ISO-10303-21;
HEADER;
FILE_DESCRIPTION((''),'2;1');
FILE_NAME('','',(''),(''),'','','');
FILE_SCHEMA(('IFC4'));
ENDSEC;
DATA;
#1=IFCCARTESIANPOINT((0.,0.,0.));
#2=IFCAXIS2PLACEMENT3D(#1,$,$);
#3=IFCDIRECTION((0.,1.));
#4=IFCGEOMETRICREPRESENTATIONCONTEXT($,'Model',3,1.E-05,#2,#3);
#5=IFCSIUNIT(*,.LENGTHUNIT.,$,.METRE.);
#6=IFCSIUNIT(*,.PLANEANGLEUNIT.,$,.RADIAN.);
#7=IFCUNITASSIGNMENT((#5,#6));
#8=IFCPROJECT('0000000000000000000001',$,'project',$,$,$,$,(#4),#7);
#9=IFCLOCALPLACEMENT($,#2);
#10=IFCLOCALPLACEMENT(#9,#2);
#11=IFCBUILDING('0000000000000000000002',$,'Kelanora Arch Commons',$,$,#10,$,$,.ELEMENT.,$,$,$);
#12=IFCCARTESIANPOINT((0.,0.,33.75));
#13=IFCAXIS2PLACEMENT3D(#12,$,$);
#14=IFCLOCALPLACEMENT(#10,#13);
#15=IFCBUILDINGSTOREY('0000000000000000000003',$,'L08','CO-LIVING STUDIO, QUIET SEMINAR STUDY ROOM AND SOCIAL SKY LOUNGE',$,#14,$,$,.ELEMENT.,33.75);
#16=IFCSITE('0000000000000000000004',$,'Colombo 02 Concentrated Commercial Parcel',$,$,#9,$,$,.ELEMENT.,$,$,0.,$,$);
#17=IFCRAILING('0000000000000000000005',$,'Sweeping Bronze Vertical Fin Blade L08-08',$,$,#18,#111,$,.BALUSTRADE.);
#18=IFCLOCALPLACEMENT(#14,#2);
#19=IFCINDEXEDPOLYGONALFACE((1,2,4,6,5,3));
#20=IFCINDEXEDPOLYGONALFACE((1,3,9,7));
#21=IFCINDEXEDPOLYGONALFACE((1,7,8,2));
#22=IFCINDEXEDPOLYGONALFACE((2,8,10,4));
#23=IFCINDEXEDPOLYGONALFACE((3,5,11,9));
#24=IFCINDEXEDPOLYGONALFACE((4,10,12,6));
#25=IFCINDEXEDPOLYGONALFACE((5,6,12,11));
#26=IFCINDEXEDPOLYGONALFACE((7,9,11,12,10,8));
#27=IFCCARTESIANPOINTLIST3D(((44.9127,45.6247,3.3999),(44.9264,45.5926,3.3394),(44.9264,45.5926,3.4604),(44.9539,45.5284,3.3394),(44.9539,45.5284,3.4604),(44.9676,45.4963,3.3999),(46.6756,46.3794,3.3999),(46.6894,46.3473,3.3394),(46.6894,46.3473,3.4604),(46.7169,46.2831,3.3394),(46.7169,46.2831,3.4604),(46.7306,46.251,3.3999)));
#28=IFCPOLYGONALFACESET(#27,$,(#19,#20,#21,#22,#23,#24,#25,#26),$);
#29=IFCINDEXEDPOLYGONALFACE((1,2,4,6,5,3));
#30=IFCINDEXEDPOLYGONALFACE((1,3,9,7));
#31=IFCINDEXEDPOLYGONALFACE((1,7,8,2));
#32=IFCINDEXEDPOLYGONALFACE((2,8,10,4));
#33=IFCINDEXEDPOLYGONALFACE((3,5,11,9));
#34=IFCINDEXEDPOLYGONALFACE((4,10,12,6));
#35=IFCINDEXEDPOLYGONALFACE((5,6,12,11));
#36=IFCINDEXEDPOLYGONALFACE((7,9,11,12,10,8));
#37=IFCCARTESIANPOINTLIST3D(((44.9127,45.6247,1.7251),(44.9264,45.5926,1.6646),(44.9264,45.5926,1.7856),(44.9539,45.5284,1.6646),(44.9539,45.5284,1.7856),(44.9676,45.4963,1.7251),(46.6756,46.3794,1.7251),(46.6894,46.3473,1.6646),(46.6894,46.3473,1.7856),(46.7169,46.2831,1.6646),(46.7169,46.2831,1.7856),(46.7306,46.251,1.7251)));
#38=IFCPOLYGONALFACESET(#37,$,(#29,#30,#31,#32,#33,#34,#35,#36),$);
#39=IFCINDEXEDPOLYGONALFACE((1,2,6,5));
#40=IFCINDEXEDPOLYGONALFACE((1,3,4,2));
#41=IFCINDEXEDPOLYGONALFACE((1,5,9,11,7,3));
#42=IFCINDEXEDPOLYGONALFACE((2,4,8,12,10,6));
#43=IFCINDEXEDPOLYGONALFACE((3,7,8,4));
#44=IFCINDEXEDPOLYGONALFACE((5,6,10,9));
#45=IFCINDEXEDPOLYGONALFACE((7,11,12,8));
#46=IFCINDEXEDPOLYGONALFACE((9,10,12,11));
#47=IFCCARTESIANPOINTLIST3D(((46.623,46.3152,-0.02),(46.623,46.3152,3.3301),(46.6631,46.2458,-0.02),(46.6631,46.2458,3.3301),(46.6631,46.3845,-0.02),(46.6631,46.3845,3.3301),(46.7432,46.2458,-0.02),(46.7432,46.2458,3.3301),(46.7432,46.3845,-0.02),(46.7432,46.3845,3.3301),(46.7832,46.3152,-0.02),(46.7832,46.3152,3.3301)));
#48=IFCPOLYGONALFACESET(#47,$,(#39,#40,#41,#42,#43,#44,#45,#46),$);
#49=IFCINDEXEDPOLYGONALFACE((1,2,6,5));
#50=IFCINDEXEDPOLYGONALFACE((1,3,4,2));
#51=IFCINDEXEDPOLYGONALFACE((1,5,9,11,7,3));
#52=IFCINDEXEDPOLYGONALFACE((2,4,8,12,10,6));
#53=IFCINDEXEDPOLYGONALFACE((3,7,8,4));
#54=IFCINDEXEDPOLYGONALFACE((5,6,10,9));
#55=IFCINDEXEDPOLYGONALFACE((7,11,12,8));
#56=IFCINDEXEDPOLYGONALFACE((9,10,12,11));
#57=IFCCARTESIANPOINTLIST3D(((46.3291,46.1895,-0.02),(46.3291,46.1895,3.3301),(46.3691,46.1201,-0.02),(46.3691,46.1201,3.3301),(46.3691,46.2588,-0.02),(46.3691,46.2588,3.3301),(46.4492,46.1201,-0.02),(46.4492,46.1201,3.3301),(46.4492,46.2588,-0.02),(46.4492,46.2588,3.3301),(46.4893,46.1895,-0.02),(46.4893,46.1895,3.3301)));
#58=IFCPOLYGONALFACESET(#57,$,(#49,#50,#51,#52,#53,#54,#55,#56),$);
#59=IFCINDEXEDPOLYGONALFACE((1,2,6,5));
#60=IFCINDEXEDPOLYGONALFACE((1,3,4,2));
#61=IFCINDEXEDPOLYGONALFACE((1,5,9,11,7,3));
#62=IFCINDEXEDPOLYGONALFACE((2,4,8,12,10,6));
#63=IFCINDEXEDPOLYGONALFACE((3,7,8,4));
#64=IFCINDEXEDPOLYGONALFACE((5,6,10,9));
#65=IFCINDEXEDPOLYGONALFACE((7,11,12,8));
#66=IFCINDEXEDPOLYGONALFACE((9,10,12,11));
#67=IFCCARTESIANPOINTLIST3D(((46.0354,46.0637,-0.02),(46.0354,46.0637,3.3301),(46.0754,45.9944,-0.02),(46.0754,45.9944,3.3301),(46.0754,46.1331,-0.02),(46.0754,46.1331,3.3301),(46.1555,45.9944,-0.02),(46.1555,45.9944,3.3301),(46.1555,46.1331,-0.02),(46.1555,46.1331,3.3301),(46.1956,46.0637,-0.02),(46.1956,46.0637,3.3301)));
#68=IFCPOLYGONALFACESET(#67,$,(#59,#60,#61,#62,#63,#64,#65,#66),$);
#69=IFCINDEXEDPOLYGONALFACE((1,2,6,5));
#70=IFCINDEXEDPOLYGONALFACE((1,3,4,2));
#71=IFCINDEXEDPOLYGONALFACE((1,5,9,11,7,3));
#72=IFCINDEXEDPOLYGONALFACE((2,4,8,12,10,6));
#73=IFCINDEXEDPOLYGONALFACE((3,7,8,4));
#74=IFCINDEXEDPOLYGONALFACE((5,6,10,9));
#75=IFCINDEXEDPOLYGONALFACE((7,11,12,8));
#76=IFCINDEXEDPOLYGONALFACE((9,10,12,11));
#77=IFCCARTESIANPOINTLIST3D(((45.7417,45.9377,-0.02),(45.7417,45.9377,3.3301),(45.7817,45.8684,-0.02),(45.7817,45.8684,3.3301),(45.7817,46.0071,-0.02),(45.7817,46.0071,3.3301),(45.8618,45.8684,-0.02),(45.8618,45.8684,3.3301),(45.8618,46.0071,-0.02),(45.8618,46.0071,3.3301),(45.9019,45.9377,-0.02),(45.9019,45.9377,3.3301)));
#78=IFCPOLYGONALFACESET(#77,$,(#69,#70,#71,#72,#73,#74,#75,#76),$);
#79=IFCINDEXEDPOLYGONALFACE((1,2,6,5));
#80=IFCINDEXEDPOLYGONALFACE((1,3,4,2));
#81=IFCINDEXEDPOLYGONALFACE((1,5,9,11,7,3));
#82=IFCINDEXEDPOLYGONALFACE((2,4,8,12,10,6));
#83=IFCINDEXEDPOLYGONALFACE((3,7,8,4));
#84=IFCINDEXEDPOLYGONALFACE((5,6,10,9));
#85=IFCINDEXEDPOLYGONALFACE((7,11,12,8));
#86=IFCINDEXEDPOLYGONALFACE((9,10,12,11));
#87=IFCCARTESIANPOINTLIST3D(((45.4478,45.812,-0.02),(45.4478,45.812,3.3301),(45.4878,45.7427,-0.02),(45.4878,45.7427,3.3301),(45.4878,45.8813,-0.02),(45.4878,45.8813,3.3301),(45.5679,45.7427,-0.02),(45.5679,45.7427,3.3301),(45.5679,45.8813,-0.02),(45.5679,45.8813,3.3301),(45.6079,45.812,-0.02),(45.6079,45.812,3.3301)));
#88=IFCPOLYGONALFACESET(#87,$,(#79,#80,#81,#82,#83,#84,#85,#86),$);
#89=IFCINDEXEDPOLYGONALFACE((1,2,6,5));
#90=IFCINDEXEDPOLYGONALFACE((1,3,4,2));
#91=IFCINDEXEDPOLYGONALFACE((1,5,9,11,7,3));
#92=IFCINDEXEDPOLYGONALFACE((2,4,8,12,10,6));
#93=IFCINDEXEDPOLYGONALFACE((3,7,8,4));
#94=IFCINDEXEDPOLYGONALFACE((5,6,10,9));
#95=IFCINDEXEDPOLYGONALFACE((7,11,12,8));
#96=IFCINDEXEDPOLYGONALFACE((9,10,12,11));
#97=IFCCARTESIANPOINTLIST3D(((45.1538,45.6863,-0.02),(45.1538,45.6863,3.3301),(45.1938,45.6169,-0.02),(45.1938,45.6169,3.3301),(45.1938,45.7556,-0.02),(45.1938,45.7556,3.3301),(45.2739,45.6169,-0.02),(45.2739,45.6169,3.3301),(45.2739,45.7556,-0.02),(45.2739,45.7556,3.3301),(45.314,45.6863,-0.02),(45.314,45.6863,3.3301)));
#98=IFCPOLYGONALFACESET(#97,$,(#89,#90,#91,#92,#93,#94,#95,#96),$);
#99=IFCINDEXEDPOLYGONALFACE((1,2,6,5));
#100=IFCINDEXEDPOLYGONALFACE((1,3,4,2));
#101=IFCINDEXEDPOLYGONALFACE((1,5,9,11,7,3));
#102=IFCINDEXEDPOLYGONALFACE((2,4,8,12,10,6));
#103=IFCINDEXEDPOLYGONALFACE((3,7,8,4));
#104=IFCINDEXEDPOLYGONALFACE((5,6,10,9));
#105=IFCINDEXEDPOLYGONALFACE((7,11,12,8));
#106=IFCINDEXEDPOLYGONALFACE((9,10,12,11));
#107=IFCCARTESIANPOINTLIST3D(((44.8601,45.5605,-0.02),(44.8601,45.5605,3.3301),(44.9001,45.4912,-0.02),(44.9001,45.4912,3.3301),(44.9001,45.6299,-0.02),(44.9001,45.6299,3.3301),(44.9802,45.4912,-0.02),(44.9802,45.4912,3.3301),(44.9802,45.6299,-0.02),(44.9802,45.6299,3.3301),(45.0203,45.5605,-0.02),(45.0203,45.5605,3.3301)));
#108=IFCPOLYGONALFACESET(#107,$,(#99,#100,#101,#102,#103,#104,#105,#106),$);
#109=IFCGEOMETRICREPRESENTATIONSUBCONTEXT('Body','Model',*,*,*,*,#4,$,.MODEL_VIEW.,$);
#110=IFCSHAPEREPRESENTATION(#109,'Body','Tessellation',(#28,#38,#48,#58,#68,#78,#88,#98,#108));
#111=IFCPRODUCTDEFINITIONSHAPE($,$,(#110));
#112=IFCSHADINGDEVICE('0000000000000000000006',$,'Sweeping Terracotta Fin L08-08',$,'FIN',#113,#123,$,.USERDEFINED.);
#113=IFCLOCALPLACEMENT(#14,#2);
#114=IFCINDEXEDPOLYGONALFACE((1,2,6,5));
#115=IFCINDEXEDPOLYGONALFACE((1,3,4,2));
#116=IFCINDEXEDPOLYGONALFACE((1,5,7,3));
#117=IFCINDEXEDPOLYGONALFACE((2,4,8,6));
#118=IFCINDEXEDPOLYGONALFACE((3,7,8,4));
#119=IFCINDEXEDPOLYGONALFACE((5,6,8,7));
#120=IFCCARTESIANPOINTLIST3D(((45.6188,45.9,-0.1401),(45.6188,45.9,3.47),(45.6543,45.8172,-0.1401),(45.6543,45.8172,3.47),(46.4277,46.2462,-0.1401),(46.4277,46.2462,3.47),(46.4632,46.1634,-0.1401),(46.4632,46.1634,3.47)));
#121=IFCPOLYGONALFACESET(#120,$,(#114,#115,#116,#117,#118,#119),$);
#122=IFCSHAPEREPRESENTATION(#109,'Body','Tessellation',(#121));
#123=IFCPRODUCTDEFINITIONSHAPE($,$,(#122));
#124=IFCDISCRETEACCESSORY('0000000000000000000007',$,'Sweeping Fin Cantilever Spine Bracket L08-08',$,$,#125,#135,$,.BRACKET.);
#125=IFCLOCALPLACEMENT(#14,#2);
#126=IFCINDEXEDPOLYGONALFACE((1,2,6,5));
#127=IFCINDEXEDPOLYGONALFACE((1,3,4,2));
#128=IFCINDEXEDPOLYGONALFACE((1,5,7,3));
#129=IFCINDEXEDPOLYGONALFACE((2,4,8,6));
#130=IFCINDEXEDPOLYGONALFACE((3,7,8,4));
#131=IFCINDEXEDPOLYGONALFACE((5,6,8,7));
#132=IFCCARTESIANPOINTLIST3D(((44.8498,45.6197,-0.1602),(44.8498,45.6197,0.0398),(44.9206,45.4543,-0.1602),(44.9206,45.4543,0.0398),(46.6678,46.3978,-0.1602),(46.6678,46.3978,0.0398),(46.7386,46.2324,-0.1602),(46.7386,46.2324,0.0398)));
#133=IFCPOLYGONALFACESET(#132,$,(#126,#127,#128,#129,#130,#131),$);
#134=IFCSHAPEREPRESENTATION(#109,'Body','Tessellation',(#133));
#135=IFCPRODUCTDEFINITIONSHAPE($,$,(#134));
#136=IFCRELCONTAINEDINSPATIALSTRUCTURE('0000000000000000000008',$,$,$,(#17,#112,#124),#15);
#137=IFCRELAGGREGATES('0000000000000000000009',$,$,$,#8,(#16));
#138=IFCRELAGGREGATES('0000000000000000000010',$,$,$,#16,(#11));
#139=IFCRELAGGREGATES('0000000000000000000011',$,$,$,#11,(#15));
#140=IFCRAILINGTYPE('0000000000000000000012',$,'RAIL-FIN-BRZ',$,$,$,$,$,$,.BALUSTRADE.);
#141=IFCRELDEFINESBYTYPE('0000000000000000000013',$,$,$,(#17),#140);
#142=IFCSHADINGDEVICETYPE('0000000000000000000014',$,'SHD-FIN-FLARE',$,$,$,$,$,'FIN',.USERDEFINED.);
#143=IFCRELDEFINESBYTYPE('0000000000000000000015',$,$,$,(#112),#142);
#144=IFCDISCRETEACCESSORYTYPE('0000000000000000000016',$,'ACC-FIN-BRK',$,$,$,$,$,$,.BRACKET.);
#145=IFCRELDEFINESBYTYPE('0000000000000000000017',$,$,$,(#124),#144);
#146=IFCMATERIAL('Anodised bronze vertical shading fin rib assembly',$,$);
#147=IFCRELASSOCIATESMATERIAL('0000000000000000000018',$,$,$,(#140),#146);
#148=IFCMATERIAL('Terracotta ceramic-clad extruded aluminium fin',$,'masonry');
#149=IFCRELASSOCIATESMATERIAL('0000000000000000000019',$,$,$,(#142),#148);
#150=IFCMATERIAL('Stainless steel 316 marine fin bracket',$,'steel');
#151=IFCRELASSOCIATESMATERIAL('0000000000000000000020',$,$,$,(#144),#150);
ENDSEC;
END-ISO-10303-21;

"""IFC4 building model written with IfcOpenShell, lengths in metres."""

from ifc_helpers import new_model, si_unit, direction, frame, origin, origin_2d, place, context, subcontext, project, spatial, polyline, rectangle, outline, extrude, source, transform, mapped, material, type_object, element, save


model = new_model("IFC4")

# Units and contexts
model_context = context("Model", 3, precision=1e-05, world=origin(), true_north=direction((0.0, 1.0)))
body_context = subcontext(model_context, "Body", "Model", "MODEL_VIEW")
ifc_project = project(units=[si_unit("LENGTHUNIT", "METRE"), si_unit("PLANEANGLEUNIT", "RADIAN")], contexts=[model_context])

# Site, building, storey
site_placement = place(None, origin())
site = spatial("IfcSite", under=ifc_project, at=site_placement, Name="Colombo 02 Concentrated Commercial Parcel", CompositionType="ELEMENT", RefElevation=0.0)
building_placement = place(site_placement, origin())
building = spatial("IfcBuilding", under=site, at=building_placement, Name="Kelanora Arch Commons", CompositionType="ELEMENT")
storey_placement = place(building_placement, frame((0.0, 0.0, 33.75)))
storey = spatial("IfcBuildingStorey", under=building, at=storey_placement, Name="L08", Description="CO-LIVING STUDIO, QUIET SEMINAR STUDY ROOM AND SOCIAL SKY LOUNGE", CompositionType="ELEMENT", Elevation=33.75)

# Railing
ifc_material_1 = material(Name="Anodised bronze vertical shading fin rib assembly")
railing_type = type_object("IfcRailingType", Name="RAIL-FIN-BRZ", PredefinedType="BALUSTRADE", material=ifc_material_1)
railing_placement = place(storey_placement, frame((46.7031, 46.3152, -0.02)))
element("IfcRailing", 1, at=railing_placement, inside=storey, type_object=railing_type, Name="Sweeping Bronze Vertical Fin Blade L08-08", PredefinedType="BALUSTRADE", context=body_context, shape_type="SweptSolid", body=[
    extrude(outline(polyline([(0.0698, 0.0), (0.0349, 0.0605), (-0.0349, 0.0605), (-0.0698, 0.0), (-0.0349, -0.0605), (0.0349, -0.0605), (0.0698, 0.0)])), frame((0.0, 0.0, 3.4199), z_axis=(-0.919316, -0.39352, 0.0), x_axis=(0.39352, -0.919316, 0.0)), (0.0, 0.0, 1.0), 1.9177),
    extrude(outline(polyline([(0.0698, 0.0), (0.0349, 0.0605), (-0.0349, 0.0605), (-0.0698, 0.0), (-0.0349, -0.0605), (0.0349, -0.0605), (0.0698, 0.0)])), frame((0.0, 0.0, 1.7451), z_axis=(-0.919316, -0.39352, 0.0), x_axis=(0.39352, -0.919316, 0.0)), (0.0, 0.0, 1.0), 1.9177),
    extrude(outline(polyline([(0.0801, 0.0), (0.04, 0.0693), (-0.04, 0.0693), (-0.0801, 0.0), (-0.04, -0.0693), (0.04, -0.0693), (0.0801, 0.0)])), origin(), (0.0, 0.0, 1.0), 3.3501),
    extrude(outline(polyline([(0.0801, 0.0), (0.04, 0.0693), (-0.04, 0.0693), (-0.0801, 0.0), (-0.04, -0.0693), (0.04, -0.0693), (0.0801, 0.0)])), frame((-0.2939, -0.1257, 0.0)), (0.0, 0.0, 1.0), 3.3501),
    extrude(outline(polyline([(0.0801, 0.0), (0.04, 0.0693), (-0.04, 0.0693), (-0.0801, 0.0), (-0.04, -0.0693), (0.04, -0.0693), (0.0801, 0.0)])), frame((-0.5876, -0.2515, 0.0)), (0.0, 0.0, 1.0), 3.3501),
    extrude(outline(polyline([(0.0801, 0.0), (0.04, 0.0693), (-0.04, 0.0693), (-0.0801, 0.0), (-0.04, -0.0693), (0.04, -0.0693), (0.0801, 0.0)])), frame((-0.8813, -0.3774, 0.0)), (0.0, 0.0, 1.0), 3.3501),
    extrude(outline(polyline([(0.0801, 0.0), (0.04, 0.0693), (-0.04, 0.0693), (-0.0801, 0.0), (-0.04, -0.0693), (0.04, -0.0693), (0.0801, 0.0)])), frame((-1.1753, -0.5032, 0.0)), (0.0, 0.0, 1.0), 3.3501),
    extrude(outline(polyline([(0.0801, 0.0), (0.04, 0.0693), (-0.04, 0.0693), (-0.0801, 0.0), (-0.04, -0.0693), (0.04, -0.0693), (0.0801, 0.0)])), frame((-1.4692, -0.6289, 0.0)), (0.0, 0.0, 1.0), 3.3501),
    extrude(outline(polyline([(0.0801, 0.0), (0.04, 0.0693), (-0.04, 0.0693), (-0.0801, 0.0), (-0.04, -0.0693), (0.04, -0.0693), (0.0801, 0.0)])), frame((-1.7629, -0.7546, 0.0)), (0.0, 0.0, 1.0), 3.3501),
])

# Shading device
ifc_material_2 = material(Name="Terracotta ceramic-clad extruded aluminium fin", Category="masonry")
shading_device_type = type_object("IfcShadingDeviceType", Name="SHD-FIN-FLARE", ElementType="FIN", PredefinedType="USERDEFINED", material=ifc_material_2)
shared_shape_1 = source(origin(), body_context, "Body", "SweptSolid", [
    extrude(rectangle(XDim=0.8799, YDim=0.0901, at=origin_2d()), origin(), (0.0, 0.0, 1.0), 3.6101),
])
shading_device_placement = place(storey_placement, frame((46.041, 46.0317, -0.1401), z_axis=(0.0, 0.0, 1.0), x_axis=(-0.919341, -0.393461, 0.0)))
element("IfcShadingDevice", 2, at=shading_device_placement, inside=storey, type_object=shading_device_type, Name="Sweeping Terracotta Fin L08-08", ObjectType="FIN", PredefinedType="USERDEFINED", context=body_context, shape_type="MappedRepresentation", body=[
    mapped(shared_shape_1, transform((0.0, 0.0, 0.0), scale=1.0)),
])

# Discrete accessory
ifc_material_3 = material(Name="Stainless steel 316 marine fin bracket", Category="steel")
discrete_accessory_type = type_object("IfcDiscreteAccessoryType", Name="ACC-FIN-BRK", PredefinedType="BRACKET", material=ifc_material_3)
shared_shape_2 = source(origin(), body_context, "Body", "SweptSolid", [
    extrude(rectangle(XDim=1.9775, YDim=0.1799, at=origin_2d()), origin(), (0.0, 0.0, 1.0), 0.2),
])
discrete_accessory_placement = place(storey_placement, frame((45.7942, 45.926, -0.1602), z_axis=(0.0, 0.0, 1.0), x_axis=(-0.919341, -0.393461, 0.0)))
element("IfcDiscreteAccessory", 3, at=discrete_accessory_placement, inside=storey, type_object=discrete_accessory_type, Name="Sweeping Fin Cantilever Spine Bracket L08-08", PredefinedType="BRACKET", context=body_context, shape_type="MappedRepresentation", body=[
    mapped(shared_shape_2, transform((0.0, 0.0, 0.0), scale=1.0)),
])

save(model, "model.ifc")
